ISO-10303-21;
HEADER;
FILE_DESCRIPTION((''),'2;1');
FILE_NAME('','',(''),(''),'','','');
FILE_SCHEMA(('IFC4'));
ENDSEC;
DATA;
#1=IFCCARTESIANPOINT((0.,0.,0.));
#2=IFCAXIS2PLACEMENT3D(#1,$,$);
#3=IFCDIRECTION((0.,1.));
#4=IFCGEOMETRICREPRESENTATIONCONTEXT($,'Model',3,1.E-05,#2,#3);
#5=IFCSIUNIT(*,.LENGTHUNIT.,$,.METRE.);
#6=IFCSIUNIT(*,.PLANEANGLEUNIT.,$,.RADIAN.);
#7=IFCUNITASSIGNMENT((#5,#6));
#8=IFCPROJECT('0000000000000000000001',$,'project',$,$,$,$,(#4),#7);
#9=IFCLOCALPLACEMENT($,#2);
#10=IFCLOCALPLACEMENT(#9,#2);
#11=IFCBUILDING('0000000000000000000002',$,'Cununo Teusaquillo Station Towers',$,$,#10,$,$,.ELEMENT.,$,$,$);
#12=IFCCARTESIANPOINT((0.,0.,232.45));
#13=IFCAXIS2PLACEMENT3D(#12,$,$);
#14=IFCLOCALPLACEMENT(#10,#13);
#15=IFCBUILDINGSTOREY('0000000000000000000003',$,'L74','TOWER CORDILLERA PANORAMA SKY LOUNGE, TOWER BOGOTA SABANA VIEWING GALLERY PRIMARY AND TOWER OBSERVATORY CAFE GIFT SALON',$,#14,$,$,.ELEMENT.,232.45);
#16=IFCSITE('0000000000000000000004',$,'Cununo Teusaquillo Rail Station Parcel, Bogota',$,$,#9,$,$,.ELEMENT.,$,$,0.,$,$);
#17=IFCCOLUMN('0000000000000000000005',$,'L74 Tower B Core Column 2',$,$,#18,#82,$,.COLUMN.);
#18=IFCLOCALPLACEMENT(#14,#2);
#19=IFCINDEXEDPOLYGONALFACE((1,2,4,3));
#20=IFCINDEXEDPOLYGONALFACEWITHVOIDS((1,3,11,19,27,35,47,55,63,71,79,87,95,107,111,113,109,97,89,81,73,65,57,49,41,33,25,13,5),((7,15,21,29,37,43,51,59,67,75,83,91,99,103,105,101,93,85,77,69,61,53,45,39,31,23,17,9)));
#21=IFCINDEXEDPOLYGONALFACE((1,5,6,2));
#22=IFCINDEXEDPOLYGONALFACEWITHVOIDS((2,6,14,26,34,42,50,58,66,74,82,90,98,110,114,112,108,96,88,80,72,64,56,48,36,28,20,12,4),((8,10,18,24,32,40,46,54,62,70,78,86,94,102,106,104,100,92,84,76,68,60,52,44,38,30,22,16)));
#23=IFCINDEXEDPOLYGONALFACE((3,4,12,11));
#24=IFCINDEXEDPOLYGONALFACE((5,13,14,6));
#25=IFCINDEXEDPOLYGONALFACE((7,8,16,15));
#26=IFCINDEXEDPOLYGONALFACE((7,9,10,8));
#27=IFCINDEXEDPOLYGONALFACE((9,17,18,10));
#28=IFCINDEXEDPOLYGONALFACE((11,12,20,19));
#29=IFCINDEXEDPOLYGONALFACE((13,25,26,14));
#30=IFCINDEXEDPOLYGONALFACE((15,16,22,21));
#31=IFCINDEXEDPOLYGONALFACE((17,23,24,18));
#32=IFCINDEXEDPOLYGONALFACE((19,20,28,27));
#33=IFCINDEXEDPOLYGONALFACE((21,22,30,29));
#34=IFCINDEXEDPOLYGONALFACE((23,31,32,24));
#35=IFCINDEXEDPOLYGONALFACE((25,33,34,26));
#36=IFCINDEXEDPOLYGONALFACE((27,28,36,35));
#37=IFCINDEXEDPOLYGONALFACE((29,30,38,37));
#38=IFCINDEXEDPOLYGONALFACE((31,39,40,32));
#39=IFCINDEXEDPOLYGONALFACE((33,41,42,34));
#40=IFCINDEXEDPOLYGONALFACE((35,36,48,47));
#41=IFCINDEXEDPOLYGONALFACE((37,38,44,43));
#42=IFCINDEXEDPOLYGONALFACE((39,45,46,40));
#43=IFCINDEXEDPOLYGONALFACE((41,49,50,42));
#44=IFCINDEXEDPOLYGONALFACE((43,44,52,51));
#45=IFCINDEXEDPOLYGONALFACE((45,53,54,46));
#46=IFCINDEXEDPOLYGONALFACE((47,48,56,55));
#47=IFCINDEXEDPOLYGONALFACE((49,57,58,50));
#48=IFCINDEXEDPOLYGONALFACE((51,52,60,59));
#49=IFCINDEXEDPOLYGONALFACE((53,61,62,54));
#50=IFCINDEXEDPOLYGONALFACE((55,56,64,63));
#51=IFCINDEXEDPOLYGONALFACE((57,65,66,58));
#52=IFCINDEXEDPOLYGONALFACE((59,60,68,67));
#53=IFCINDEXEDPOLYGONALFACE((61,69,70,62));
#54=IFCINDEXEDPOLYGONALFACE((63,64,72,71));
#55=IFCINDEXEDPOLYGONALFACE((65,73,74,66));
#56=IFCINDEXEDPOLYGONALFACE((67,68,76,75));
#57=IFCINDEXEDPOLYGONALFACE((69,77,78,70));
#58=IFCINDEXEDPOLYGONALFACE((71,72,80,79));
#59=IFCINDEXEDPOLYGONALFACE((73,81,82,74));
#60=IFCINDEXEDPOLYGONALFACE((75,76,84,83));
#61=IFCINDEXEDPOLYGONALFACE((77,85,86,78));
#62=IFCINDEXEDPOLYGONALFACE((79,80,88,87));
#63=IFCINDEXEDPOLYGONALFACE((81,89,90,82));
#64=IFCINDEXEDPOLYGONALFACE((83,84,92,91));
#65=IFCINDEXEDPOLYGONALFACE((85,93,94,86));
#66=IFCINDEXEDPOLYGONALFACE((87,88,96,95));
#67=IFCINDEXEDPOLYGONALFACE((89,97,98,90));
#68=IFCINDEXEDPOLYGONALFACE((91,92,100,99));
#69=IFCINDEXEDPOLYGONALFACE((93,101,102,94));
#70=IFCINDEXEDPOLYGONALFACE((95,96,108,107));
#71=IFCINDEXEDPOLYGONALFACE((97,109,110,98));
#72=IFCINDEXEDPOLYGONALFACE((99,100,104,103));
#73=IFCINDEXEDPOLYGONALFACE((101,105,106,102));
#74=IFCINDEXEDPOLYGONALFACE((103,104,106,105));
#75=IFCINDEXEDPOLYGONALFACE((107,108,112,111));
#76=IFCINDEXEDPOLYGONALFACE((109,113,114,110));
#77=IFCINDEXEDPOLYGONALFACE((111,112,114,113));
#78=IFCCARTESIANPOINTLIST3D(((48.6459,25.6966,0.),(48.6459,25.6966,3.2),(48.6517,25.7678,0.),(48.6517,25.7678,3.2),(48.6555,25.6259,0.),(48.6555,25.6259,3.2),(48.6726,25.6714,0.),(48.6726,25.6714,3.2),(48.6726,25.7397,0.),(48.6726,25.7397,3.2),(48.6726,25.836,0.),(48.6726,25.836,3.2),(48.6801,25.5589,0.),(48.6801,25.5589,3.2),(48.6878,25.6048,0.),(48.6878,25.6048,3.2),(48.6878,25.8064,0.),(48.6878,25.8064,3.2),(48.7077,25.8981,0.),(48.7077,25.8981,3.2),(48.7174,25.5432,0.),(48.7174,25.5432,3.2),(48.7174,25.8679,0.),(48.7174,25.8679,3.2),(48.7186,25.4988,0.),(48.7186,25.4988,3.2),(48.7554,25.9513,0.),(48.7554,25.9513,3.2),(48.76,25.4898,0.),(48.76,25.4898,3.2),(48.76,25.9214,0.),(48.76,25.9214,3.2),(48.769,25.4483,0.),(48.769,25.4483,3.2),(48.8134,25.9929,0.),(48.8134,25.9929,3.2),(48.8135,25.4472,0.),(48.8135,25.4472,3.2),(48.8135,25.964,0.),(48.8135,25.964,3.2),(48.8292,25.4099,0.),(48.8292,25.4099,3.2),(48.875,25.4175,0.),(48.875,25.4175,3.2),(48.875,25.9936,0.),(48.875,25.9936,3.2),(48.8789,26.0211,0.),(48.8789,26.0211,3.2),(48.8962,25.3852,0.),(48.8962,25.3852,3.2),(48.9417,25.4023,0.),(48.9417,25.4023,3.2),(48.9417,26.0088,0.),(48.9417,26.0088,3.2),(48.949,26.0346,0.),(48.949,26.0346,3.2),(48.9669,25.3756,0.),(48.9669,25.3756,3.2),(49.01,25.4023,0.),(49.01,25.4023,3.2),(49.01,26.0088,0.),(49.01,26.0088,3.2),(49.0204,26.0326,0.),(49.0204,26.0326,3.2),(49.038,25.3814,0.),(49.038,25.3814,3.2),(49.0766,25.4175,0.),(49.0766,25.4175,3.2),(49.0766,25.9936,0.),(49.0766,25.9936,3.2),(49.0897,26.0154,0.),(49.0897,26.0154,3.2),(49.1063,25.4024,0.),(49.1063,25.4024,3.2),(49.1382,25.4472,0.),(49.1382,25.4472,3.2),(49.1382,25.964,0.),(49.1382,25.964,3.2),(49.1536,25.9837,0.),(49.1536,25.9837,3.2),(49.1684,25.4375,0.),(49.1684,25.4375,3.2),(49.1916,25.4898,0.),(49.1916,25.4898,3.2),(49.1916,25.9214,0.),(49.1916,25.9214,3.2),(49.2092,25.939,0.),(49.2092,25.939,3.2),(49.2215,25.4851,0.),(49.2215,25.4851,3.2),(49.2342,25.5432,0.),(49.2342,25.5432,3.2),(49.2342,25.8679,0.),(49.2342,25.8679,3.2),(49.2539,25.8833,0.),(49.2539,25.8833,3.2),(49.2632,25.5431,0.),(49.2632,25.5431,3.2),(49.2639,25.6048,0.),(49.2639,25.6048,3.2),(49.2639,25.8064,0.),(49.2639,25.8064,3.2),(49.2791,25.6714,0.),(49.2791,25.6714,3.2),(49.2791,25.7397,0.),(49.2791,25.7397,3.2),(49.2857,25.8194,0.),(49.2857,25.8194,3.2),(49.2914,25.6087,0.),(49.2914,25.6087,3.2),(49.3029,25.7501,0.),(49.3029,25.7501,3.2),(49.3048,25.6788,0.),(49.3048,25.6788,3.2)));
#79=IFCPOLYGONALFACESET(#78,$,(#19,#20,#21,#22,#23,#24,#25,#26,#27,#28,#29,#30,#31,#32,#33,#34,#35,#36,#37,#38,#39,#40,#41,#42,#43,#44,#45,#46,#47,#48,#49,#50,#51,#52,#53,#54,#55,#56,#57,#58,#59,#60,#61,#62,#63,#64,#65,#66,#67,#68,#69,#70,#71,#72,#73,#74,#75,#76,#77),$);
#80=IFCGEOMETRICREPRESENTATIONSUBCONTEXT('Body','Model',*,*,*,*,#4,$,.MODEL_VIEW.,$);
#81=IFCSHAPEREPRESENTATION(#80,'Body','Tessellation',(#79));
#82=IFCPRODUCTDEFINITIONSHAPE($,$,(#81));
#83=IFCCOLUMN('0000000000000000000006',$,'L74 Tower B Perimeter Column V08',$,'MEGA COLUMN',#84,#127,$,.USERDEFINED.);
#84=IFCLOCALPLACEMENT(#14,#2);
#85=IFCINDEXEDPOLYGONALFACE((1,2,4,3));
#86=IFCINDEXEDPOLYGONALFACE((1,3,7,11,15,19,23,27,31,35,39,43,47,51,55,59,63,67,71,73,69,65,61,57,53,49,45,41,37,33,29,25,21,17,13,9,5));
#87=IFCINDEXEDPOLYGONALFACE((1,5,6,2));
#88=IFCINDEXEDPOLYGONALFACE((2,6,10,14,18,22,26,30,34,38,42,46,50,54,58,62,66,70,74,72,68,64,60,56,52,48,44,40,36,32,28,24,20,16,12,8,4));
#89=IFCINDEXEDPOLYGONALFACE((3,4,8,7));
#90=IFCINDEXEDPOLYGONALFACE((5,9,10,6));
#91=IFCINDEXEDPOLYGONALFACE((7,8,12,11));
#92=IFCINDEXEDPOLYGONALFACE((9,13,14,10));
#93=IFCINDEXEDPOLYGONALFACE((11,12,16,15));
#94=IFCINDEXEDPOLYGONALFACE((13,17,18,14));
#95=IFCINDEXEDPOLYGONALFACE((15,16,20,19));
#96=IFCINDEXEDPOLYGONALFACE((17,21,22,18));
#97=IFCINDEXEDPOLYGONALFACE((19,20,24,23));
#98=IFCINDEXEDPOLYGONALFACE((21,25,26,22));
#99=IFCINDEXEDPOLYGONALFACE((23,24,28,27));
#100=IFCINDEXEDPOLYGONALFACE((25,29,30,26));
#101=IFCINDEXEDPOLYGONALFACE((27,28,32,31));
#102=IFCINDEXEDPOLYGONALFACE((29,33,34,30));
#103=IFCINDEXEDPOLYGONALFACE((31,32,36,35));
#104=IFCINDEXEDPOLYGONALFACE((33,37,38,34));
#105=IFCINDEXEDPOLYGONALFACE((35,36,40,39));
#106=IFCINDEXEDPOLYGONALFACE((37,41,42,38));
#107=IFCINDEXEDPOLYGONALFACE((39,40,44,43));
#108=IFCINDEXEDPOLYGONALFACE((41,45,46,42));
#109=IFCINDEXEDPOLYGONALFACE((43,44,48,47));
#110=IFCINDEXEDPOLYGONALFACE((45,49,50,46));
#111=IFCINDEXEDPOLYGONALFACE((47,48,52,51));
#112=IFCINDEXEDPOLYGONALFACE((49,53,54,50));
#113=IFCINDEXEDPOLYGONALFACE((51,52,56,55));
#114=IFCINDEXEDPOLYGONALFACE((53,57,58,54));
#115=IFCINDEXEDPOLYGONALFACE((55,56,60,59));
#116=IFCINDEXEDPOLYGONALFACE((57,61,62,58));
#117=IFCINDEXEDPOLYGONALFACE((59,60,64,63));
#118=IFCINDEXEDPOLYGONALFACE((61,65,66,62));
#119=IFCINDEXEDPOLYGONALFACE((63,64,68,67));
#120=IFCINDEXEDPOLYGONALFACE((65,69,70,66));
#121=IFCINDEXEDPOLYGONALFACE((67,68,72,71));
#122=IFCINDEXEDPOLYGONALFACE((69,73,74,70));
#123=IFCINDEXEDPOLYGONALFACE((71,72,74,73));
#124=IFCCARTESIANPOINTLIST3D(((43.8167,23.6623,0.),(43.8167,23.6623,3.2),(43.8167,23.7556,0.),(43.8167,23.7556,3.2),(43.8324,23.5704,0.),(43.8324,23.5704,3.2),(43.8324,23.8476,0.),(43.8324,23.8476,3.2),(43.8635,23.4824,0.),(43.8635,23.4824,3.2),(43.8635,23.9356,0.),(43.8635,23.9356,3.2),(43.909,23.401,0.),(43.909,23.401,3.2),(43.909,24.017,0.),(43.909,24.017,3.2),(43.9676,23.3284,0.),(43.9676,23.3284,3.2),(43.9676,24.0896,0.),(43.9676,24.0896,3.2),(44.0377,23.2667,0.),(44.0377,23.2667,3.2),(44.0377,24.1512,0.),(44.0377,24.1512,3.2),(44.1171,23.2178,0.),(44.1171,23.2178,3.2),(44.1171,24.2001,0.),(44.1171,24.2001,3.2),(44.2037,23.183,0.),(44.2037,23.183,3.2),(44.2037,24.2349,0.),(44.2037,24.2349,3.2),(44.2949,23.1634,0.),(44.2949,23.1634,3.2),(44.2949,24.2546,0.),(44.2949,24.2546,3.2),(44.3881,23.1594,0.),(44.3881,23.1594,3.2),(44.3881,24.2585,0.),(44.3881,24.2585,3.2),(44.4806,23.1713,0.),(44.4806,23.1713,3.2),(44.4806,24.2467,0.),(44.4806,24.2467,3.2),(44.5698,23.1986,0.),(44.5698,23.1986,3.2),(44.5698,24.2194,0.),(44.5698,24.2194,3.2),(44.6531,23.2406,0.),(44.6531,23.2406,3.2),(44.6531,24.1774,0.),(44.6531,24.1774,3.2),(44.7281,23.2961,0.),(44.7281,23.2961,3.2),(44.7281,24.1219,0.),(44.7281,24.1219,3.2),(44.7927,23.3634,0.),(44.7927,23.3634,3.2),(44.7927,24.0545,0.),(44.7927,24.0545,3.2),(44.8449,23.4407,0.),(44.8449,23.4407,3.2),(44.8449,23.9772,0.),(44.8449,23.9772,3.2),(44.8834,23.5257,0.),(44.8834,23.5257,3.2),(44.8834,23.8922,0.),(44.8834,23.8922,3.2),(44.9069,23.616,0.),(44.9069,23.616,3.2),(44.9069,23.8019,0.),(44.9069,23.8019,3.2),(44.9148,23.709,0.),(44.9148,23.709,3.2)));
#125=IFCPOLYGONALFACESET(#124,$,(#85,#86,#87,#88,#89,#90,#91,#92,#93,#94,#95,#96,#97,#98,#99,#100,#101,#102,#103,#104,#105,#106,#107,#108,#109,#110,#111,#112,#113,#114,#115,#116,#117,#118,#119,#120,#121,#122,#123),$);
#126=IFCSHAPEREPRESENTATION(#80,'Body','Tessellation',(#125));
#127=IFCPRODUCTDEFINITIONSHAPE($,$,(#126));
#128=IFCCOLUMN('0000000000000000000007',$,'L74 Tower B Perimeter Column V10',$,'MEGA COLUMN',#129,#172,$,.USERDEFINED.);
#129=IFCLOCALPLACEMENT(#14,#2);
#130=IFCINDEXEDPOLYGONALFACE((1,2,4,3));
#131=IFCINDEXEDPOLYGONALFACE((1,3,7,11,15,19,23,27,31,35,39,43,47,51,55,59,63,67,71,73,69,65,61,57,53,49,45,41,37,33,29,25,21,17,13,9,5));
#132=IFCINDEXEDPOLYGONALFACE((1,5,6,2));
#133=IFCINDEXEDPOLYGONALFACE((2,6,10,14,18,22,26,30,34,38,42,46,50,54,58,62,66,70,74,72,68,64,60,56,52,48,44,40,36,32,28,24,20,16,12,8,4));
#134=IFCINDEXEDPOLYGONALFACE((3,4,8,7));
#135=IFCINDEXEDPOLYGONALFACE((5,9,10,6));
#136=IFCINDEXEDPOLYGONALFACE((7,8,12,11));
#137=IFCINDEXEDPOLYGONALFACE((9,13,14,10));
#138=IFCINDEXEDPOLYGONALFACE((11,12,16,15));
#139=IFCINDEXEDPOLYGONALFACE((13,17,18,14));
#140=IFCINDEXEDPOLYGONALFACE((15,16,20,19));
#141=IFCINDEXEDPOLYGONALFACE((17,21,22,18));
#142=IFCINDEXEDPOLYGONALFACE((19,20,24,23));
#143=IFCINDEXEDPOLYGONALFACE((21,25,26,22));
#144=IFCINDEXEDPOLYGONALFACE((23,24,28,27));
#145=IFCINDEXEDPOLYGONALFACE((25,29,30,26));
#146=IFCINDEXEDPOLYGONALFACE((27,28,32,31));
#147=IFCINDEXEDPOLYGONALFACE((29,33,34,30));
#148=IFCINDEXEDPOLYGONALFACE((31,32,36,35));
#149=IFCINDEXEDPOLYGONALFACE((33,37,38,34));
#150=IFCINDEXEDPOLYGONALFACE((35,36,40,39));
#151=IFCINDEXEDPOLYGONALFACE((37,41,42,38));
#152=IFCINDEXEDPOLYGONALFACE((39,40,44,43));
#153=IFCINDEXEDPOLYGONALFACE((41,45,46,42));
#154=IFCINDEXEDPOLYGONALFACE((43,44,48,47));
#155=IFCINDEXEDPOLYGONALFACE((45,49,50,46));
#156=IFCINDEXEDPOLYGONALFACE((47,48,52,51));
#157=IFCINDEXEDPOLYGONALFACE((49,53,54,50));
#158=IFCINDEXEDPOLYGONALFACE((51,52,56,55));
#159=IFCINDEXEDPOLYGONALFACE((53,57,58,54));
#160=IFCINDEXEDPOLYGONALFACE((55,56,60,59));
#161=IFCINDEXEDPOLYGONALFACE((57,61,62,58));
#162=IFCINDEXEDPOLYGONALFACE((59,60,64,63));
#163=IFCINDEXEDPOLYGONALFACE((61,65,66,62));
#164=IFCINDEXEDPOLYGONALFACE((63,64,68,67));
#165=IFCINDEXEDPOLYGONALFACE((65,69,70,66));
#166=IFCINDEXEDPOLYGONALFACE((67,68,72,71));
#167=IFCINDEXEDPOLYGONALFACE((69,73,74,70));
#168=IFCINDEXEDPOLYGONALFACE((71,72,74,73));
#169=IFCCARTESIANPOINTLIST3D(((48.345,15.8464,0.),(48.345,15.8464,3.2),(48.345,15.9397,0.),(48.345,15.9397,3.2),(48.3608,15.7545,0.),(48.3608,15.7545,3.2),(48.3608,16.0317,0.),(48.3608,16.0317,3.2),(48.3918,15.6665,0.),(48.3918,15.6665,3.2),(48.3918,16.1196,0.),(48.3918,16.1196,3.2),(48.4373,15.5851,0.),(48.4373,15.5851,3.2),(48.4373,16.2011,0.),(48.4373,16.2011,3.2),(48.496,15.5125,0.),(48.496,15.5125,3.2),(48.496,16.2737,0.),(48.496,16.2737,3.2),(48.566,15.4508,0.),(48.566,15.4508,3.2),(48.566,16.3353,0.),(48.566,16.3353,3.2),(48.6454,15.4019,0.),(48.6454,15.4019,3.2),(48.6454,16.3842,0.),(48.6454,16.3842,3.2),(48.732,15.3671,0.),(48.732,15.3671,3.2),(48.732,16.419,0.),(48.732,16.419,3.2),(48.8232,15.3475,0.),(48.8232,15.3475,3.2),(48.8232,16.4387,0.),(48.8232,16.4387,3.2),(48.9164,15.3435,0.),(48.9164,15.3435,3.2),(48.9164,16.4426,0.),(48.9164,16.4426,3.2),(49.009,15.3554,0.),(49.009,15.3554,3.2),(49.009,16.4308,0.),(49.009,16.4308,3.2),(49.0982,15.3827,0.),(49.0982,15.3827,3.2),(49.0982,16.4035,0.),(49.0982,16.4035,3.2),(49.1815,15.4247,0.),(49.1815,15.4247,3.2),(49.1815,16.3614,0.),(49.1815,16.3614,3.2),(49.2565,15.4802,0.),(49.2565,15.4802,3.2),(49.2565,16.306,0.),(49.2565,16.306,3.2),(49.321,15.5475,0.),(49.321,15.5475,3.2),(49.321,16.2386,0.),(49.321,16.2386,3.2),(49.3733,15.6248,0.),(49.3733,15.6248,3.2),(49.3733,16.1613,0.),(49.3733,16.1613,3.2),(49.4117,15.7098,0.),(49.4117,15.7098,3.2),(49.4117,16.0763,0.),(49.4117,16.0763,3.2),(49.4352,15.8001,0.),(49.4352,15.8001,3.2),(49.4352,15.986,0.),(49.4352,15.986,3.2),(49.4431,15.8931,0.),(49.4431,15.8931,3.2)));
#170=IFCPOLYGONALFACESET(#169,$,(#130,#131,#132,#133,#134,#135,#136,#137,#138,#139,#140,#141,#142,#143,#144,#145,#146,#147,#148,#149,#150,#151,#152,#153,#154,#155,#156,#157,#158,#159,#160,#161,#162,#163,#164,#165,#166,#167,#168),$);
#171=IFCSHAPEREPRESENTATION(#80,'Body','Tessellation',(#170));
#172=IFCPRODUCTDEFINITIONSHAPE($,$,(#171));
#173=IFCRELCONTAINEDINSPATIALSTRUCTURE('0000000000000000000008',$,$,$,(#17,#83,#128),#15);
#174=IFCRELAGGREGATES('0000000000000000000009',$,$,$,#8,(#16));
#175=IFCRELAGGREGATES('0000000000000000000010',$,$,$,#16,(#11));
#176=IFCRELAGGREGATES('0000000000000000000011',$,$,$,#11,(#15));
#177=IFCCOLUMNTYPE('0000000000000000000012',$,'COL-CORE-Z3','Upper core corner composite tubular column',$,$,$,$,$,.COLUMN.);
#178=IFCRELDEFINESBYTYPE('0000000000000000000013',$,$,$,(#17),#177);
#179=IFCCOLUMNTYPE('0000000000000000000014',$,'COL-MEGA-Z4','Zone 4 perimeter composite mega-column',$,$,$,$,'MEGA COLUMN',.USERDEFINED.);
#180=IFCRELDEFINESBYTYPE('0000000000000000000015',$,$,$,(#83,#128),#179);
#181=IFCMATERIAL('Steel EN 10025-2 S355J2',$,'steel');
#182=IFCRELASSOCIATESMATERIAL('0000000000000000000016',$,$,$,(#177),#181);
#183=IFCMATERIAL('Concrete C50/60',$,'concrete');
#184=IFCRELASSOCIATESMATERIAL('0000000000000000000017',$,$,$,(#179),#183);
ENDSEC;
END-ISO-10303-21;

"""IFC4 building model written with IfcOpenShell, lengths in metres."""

from ifc_helpers import new_model, si_unit, direction, frame, origin, origin_2d, place, context, subcontext, project, spatial, circle, hollow_circle, extrude, material, material_profile, profile_set, type_object, element, save


model = new_model("IFC4")

# Units and contexts
model_context = context("Model", 3, precision=1e-05, world=origin(), true_north=direction((0.0, 1.0)))
body_context = subcontext(model_context, "Body", "Model", "MODEL_VIEW")
ifc_project = project(units=[si_unit("LENGTHUNIT", "METRE"), si_unit("PLANEANGLEUNIT", "RADIAN")], contexts=[model_context])

# Site, building, storey
site_placement = place(None, origin())
site = spatial("IfcSite", under=ifc_project, at=site_placement, Name="Cununo Teusaquillo Rail Station Parcel, Bogota", CompositionType="ELEMENT", RefElevation=0.0)
building_placement = place(site_placement, origin())
building = spatial("IfcBuilding", under=site, at=building_placement, Name="Cununo Teusaquillo Station Towers", CompositionType="ELEMENT")
storey_placement = place(building_placement, frame((0.0, 0.0, 232.45)))
storey = spatial("IfcBuildingStorey", under=building, at=storey_placement, Name="L74", Description="TOWER CORDILLERA PANORAMA SKY LOUNGE, TOWER BOGOTA SABANA VIEWING GALLERY PRIMARY AND TOWER OBSERVATORY CAFE GIFT SALON", CompositionType="ELEMENT", Elevation=232.45)

# Columns
ifc_material_1 = material(Name="Steel EN 10025-2 S355J2", Category="steel")
ifc_material_profile_1 = material_profile(ifc_material_1, hollow_circle(Radius=0.3301, WallThickness=0.0249, at=origin_2d()), Name="CHS 660x25")
ifc_profile_set_1 = profile_set([ifc_material_profile_1], Name="Steel EN 10025-2 S355J2")
column_type_1 = type_object("IfcColumnType", Name="COL-CORE-Z3", Description="Upper core corner composite tubular column", PredefinedType="COLUMN", material=ifc_profile_set_1)
column_placement = place(storey_placement, frame((48.9758, 25.7056, 0.0), z_axis=(0.0, 0.0, 1.0), x_axis=(0.707107, 0.707107, 0.0)))
element("IfcColumn", 1, at=column_placement, inside=storey, type_object=column_type_1, Name="L74 Tower B Core Column 2", PredefinedType="COLUMN", context=body_context, shape_type="SweptSolid", body=[
    extrude(hollow_circle(Radius=0.3301, WallThickness=0.0249, at=origin_2d()), origin(), (0.0, 0.0, 1.0), 3.2),
])
ifc_material_2 = material(Name="Concrete C50/60", Category="concrete")
ifc_material_profile_2 = material_profile(ifc_material_2, circle(Radius=0.55, at=origin_2d()), Name="RC-CIRC-1100")
ifc_profile_set_2 = profile_set([ifc_material_profile_2], Name="Concrete C50/60")
column_type_2 = type_object("IfcColumnType", Name="COL-MEGA-Z4", Description="Zone 4 perimeter composite mega-column", ElementType="MEGA COLUMN", PredefinedType="USERDEFINED", material=ifc_profile_set_2)
for number, where, z_axis, x_axis, name in (
    (2, (44.3647, 23.709, 0.0), (0.0, 0.0, 1.0), (1.0, 0.0, 0.0), "L74 Tower B Perimeter Column V08"),
    (3, (48.8931, 15.8931, 0.0), (0.0, 0.0, 1.0), (1.0, 0.0, 0.0), "L74 Tower B Perimeter Column V10"),
):
    element("IfcColumn", number, at=place(storey_placement, frame(where, z_axis=z_axis, x_axis=x_axis)), inside=storey, type_object=column_type_2, Name=name, ObjectType="MEGA COLUMN", PredefinedType="USERDEFINED", context=body_context, shape_type="SweptSolid", body=[
        extrude(circle(Radius=0.55, at=origin_2d()), origin(), (0.0, 0.0, 1.0), 3.2),
    ])

save(model, "model.ifc")
